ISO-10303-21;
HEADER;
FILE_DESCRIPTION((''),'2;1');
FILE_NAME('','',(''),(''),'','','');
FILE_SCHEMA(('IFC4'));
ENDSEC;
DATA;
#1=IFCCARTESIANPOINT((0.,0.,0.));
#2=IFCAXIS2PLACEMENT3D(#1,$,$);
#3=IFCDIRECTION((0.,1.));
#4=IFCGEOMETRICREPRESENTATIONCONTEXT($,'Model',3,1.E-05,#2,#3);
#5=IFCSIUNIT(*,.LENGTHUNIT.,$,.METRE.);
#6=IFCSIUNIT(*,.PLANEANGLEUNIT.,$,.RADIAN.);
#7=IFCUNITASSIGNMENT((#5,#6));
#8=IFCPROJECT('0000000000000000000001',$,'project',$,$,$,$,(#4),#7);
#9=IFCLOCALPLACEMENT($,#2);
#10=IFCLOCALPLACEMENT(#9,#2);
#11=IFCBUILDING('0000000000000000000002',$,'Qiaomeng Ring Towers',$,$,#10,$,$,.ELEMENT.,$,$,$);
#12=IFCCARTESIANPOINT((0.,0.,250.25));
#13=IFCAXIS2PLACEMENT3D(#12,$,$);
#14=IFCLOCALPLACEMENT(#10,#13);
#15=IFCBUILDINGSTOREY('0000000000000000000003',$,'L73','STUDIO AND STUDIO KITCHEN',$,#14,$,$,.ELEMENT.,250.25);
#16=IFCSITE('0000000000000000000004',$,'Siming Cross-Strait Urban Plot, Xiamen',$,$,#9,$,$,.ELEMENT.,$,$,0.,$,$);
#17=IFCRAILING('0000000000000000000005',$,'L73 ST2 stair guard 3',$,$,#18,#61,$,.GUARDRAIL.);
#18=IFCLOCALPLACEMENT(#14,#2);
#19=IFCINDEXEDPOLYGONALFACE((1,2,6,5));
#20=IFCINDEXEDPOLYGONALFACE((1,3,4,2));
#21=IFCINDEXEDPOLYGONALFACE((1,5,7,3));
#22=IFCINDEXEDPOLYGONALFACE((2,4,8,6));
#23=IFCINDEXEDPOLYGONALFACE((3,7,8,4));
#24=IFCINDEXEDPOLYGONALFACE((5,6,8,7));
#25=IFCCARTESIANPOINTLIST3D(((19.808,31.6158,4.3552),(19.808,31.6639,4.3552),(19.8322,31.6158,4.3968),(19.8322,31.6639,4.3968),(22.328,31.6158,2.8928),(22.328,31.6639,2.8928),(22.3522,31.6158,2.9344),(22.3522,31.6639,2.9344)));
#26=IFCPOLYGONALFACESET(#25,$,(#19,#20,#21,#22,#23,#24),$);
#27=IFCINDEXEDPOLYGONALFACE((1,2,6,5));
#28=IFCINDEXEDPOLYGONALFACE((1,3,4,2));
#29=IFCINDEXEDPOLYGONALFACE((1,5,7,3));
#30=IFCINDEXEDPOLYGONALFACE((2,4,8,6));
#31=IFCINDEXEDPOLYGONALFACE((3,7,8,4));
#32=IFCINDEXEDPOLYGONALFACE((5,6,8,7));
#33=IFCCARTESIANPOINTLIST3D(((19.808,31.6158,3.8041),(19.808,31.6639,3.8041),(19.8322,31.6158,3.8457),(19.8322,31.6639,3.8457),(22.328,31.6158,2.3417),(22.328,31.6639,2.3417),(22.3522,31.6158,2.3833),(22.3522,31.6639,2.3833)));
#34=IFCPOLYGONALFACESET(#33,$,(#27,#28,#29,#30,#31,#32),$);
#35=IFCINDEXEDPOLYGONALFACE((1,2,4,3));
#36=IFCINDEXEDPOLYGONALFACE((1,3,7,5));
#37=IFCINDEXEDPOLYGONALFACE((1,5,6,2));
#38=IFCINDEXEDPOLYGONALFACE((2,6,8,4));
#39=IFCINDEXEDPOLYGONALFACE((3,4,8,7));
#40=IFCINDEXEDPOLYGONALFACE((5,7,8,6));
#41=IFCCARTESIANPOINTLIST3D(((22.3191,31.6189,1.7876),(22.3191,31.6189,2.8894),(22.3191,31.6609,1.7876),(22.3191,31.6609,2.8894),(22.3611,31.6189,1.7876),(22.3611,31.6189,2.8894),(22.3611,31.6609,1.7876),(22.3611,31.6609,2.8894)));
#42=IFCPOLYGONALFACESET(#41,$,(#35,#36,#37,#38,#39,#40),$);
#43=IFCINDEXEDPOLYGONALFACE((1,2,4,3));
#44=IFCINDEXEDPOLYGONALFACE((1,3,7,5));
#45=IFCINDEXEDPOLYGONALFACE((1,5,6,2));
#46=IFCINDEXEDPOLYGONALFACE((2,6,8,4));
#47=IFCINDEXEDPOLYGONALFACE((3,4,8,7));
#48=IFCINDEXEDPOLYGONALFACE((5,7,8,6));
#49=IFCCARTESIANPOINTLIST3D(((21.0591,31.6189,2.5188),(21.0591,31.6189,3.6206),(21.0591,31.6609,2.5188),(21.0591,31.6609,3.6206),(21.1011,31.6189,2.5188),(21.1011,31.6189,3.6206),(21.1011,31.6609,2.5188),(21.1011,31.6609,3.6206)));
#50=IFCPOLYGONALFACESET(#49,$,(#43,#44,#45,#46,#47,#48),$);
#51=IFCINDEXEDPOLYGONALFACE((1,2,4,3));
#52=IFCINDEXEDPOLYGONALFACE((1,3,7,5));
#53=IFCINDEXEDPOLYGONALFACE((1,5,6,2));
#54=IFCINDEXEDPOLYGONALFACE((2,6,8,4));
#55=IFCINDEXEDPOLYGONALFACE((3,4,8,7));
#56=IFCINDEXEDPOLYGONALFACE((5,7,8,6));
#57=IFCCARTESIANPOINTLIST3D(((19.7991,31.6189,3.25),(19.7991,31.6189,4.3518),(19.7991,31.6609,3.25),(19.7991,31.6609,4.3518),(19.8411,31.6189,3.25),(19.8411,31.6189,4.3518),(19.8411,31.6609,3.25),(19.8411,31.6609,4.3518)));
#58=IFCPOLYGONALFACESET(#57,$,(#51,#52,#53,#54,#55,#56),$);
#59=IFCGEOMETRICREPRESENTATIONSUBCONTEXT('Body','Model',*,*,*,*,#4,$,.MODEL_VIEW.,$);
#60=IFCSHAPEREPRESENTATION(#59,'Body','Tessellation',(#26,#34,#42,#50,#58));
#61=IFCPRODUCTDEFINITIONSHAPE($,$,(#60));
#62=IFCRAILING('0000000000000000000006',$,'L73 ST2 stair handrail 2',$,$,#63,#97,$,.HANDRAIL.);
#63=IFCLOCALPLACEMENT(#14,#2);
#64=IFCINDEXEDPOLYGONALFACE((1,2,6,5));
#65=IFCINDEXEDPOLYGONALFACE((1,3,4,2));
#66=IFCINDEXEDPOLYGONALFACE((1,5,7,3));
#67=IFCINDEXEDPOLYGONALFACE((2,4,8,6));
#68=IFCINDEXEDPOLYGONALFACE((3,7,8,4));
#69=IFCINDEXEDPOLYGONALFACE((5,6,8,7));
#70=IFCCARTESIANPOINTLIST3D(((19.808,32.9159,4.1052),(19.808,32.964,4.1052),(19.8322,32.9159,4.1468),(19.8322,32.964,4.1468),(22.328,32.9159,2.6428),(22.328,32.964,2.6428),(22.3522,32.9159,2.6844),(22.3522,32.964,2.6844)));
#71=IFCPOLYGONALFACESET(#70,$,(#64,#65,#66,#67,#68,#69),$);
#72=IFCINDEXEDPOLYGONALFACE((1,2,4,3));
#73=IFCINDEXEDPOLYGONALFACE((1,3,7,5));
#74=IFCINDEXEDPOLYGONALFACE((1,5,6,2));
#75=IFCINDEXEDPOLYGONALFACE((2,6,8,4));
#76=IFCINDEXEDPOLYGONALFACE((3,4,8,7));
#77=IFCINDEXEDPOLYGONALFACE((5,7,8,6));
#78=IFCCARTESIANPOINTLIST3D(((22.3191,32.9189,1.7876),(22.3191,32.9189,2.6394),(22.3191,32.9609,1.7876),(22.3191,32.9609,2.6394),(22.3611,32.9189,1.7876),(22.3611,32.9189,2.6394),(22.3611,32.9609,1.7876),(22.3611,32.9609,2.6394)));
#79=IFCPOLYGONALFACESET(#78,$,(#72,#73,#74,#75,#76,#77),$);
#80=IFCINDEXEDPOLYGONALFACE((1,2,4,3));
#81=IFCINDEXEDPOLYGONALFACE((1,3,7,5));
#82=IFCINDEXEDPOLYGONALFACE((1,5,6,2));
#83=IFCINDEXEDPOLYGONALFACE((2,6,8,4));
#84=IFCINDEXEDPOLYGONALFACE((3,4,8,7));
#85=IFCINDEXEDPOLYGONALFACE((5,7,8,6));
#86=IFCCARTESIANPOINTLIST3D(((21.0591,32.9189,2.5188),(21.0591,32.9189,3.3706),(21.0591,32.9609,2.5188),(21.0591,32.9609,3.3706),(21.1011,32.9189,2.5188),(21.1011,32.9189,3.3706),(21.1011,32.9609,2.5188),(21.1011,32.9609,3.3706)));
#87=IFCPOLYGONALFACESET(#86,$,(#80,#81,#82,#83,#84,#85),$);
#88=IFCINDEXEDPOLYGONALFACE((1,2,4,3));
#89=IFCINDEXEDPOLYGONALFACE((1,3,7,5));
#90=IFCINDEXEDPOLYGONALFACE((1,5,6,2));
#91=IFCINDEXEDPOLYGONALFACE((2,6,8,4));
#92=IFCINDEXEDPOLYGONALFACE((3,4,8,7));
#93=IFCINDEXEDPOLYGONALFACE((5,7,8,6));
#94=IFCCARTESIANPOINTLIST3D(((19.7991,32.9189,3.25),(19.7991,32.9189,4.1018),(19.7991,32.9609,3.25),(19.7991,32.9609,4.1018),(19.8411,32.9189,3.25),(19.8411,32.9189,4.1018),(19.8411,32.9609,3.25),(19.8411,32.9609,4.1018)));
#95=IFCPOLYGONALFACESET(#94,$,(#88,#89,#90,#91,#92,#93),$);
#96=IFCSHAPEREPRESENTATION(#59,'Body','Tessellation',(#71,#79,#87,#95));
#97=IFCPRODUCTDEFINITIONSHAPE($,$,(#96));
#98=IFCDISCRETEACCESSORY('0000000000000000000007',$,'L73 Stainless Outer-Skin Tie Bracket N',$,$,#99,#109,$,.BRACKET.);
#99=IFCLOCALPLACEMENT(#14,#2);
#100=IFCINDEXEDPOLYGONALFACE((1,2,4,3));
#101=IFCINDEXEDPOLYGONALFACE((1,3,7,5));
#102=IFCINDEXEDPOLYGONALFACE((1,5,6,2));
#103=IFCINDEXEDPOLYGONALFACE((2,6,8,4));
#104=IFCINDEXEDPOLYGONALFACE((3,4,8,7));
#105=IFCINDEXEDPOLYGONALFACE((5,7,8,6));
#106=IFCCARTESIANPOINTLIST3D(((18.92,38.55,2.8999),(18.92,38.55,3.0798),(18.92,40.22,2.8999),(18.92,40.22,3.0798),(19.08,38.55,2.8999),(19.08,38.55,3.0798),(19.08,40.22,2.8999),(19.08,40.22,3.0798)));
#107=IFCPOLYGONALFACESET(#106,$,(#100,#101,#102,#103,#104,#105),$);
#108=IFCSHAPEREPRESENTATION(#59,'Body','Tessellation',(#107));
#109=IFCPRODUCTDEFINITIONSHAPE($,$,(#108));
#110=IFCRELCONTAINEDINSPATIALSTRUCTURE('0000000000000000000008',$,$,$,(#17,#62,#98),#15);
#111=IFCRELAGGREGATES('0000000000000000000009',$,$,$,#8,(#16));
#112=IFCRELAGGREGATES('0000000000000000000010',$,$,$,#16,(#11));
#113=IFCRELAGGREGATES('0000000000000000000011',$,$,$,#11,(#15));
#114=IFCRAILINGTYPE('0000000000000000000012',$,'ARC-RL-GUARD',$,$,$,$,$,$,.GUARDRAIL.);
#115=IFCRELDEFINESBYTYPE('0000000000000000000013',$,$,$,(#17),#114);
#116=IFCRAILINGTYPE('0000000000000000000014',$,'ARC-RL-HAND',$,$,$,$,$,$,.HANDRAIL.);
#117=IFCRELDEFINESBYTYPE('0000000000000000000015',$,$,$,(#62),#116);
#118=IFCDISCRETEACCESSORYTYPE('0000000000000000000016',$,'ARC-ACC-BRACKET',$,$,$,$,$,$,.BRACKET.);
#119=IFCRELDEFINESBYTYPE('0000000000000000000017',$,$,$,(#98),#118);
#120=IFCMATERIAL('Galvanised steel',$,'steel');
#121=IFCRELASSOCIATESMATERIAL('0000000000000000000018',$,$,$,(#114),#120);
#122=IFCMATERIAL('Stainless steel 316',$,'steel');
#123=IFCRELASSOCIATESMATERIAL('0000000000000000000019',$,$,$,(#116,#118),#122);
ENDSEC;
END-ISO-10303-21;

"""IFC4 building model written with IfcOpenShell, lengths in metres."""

from ifc_helpers import new_model, si_unit, direction, frame, origin, origin_2d, place, context, subcontext, project, spatial, rectangle, extrude, source, transform, mapped, material, type_object, element, save


model = new_model("IFC4")

# Units and contexts
model_context = context("Model", 3, precision=1e-05, world=origin(), true_north=direction((0.0, 1.0)))
body_context = subcontext(model_context, "Body", "Model", "MODEL_VIEW")
ifc_project = project(units=[si_unit("LENGTHUNIT", "METRE"), si_unit("PLANEANGLEUNIT", "RADIAN")], contexts=[model_context])

# Site, building, storey
site_placement = place(None, origin())
site = spatial("IfcSite", under=ifc_project, at=site_placement, Name="Siming Cross-Strait Urban Plot, Xiamen", CompositionType="ELEMENT", RefElevation=0.0)
building_placement = place(site_placement, origin())
building = spatial("IfcBuilding", under=site, at=building_placement, Name="Qiaomeng Ring Towers", CompositionType="ELEMENT")
storey_placement = place(building_placement, frame((0.0, 0.0, 250.25)))
storey = spatial("IfcBuildingStorey", under=building, at=storey_placement, Name="L73", Description="STUDIO AND STUDIO KITCHEN", CompositionType="ELEMENT", Elevation=250.25)

# Shared definitions
ifc_material_1 = material(Name="Galvanised steel", Category="steel")

# Railings
railing_type_1 = type_object("IfcRailingType", Name="ARC-RL-GUARD", PredefinedType="GUARDRAIL", material=ifc_material_1)
railing_1_placement = place(storey_placement, frame((22.3401, 31.6399, 1.7876)))
element("IfcRailing", 1, at=railing_1_placement, inside=storey, type_object=railing_type_1, Name="L73 ST2 stair guard 3", PredefinedType="GUARDRAIL", context=body_context, shape_type="SweptSolid", body=[
    extrude(rectangle(XDim=0.0481, YDim=0.0481, at=origin_2d()), frame((0.0, 0.0, 1.126), z_axis=(-0.864913, 0.0, 0.501921), x_axis=(0.0, -1.0, 0.0)), (0.0, 0.0, 1.0), 2.9136),
    extrude(rectangle(XDim=0.0481, YDim=0.0481, at=origin_2d()), frame((0.0, 0.0, 0.575), z_axis=(-0.864913, 0.0, 0.501921), x_axis=(0.0, -1.0, 0.0)), (0.0, 0.0, 1.0), 2.9136),
    extrude(rectangle(XDim=0.042, YDim=0.042, at=origin_2d()), origin(), (0.0, 0.0, 1.0), 1.1018),
    extrude(rectangle(XDim=0.042, YDim=0.042, at=origin_2d()), frame((-1.26, 0.0, 0.7312)), (0.0, 0.0, 1.0), 1.1018),
    extrude(rectangle(XDim=0.042, YDim=0.042, at=origin_2d()), frame((-2.52, 0.0, 1.4624)), (0.0, 0.0, 1.0), 1.1018),
])
ifc_material_2 = material(Name="Stainless steel 316", Category="steel")
railing_type_2 = type_object("IfcRailingType", Name="ARC-RL-HAND", PredefinedType="HANDRAIL", material=ifc_material_2)
railing_2_placement = place(storey_placement, frame((22.3401, 32.9399, 1.7876)))
element("IfcRailing", 2, at=railing_2_placement, inside=storey, type_object=railing_type_2, Name="L73 ST2 stair handrail 2", PredefinedType="HANDRAIL", context=body_context, shape_type="SweptSolid", body=[
    extrude(rectangle(XDim=0.0481, YDim=0.0481, at=origin_2d()), frame((0.0, 0.0, 0.876), z_axis=(-0.864913, 0.0, 0.501921), x_axis=(0.0, -1.0, 0.0)), (0.0, 0.0, 1.0), 2.9136),
    extrude(rectangle(XDim=0.042, YDim=0.042, at=origin_2d()), origin(), (0.0, 0.0, 1.0), 0.8518),
    extrude(rectangle(XDim=0.042, YDim=0.042, at=origin_2d()), frame((-1.26, 0.0, 0.7312)), (0.0, 0.0, 1.0), 0.8518),
    extrude(rectangle(XDim=0.042, YDim=0.042, at=origin_2d()), frame((-2.52, 0.0, 1.4624)), (0.0, 0.0, 1.0), 0.8518),
])

# Discrete accessory
discrete_accessory_type = type_object("IfcDiscreteAccessoryType", Name="ARC-ACC-BRACKET", PredefinedType="BRACKET", material=ifc_material_2)
shared_shape_1 = source(origin(), body_context, "Body", "SweptSolid", [
    extrude(rectangle(XDim=0.1599, YDim=1.6699, at=origin_2d()), origin(), (0.0, 0.0, 1.0), 0.1799),
])
discrete_accessory_placement = place(storey_placement, frame((19.0, 39.385, 2.8999), z_axis=(0.0, 0.0, 1.0), x_axis=(1.0, 0.0, 0.0)))
element("IfcDiscreteAccessory", 3, at=discrete_accessory_placement, inside=storey, type_object=discrete_accessory_type, Name="L73 Stainless Outer-Skin Tie Bracket N", PredefinedType="BRACKET", context=body_context, shape_type="MappedRepresentation", body=[
    mapped(shared_shape_1, transform((0.0, 0.0, 0.0), x_axis=(1.0, 0.0, 0.0), y_axis=(0.0, 1.0, 0.0), z_axis=(0.0, 0.0, 1.0), scale=1.0)),
])

save(model, "model.ifc")
